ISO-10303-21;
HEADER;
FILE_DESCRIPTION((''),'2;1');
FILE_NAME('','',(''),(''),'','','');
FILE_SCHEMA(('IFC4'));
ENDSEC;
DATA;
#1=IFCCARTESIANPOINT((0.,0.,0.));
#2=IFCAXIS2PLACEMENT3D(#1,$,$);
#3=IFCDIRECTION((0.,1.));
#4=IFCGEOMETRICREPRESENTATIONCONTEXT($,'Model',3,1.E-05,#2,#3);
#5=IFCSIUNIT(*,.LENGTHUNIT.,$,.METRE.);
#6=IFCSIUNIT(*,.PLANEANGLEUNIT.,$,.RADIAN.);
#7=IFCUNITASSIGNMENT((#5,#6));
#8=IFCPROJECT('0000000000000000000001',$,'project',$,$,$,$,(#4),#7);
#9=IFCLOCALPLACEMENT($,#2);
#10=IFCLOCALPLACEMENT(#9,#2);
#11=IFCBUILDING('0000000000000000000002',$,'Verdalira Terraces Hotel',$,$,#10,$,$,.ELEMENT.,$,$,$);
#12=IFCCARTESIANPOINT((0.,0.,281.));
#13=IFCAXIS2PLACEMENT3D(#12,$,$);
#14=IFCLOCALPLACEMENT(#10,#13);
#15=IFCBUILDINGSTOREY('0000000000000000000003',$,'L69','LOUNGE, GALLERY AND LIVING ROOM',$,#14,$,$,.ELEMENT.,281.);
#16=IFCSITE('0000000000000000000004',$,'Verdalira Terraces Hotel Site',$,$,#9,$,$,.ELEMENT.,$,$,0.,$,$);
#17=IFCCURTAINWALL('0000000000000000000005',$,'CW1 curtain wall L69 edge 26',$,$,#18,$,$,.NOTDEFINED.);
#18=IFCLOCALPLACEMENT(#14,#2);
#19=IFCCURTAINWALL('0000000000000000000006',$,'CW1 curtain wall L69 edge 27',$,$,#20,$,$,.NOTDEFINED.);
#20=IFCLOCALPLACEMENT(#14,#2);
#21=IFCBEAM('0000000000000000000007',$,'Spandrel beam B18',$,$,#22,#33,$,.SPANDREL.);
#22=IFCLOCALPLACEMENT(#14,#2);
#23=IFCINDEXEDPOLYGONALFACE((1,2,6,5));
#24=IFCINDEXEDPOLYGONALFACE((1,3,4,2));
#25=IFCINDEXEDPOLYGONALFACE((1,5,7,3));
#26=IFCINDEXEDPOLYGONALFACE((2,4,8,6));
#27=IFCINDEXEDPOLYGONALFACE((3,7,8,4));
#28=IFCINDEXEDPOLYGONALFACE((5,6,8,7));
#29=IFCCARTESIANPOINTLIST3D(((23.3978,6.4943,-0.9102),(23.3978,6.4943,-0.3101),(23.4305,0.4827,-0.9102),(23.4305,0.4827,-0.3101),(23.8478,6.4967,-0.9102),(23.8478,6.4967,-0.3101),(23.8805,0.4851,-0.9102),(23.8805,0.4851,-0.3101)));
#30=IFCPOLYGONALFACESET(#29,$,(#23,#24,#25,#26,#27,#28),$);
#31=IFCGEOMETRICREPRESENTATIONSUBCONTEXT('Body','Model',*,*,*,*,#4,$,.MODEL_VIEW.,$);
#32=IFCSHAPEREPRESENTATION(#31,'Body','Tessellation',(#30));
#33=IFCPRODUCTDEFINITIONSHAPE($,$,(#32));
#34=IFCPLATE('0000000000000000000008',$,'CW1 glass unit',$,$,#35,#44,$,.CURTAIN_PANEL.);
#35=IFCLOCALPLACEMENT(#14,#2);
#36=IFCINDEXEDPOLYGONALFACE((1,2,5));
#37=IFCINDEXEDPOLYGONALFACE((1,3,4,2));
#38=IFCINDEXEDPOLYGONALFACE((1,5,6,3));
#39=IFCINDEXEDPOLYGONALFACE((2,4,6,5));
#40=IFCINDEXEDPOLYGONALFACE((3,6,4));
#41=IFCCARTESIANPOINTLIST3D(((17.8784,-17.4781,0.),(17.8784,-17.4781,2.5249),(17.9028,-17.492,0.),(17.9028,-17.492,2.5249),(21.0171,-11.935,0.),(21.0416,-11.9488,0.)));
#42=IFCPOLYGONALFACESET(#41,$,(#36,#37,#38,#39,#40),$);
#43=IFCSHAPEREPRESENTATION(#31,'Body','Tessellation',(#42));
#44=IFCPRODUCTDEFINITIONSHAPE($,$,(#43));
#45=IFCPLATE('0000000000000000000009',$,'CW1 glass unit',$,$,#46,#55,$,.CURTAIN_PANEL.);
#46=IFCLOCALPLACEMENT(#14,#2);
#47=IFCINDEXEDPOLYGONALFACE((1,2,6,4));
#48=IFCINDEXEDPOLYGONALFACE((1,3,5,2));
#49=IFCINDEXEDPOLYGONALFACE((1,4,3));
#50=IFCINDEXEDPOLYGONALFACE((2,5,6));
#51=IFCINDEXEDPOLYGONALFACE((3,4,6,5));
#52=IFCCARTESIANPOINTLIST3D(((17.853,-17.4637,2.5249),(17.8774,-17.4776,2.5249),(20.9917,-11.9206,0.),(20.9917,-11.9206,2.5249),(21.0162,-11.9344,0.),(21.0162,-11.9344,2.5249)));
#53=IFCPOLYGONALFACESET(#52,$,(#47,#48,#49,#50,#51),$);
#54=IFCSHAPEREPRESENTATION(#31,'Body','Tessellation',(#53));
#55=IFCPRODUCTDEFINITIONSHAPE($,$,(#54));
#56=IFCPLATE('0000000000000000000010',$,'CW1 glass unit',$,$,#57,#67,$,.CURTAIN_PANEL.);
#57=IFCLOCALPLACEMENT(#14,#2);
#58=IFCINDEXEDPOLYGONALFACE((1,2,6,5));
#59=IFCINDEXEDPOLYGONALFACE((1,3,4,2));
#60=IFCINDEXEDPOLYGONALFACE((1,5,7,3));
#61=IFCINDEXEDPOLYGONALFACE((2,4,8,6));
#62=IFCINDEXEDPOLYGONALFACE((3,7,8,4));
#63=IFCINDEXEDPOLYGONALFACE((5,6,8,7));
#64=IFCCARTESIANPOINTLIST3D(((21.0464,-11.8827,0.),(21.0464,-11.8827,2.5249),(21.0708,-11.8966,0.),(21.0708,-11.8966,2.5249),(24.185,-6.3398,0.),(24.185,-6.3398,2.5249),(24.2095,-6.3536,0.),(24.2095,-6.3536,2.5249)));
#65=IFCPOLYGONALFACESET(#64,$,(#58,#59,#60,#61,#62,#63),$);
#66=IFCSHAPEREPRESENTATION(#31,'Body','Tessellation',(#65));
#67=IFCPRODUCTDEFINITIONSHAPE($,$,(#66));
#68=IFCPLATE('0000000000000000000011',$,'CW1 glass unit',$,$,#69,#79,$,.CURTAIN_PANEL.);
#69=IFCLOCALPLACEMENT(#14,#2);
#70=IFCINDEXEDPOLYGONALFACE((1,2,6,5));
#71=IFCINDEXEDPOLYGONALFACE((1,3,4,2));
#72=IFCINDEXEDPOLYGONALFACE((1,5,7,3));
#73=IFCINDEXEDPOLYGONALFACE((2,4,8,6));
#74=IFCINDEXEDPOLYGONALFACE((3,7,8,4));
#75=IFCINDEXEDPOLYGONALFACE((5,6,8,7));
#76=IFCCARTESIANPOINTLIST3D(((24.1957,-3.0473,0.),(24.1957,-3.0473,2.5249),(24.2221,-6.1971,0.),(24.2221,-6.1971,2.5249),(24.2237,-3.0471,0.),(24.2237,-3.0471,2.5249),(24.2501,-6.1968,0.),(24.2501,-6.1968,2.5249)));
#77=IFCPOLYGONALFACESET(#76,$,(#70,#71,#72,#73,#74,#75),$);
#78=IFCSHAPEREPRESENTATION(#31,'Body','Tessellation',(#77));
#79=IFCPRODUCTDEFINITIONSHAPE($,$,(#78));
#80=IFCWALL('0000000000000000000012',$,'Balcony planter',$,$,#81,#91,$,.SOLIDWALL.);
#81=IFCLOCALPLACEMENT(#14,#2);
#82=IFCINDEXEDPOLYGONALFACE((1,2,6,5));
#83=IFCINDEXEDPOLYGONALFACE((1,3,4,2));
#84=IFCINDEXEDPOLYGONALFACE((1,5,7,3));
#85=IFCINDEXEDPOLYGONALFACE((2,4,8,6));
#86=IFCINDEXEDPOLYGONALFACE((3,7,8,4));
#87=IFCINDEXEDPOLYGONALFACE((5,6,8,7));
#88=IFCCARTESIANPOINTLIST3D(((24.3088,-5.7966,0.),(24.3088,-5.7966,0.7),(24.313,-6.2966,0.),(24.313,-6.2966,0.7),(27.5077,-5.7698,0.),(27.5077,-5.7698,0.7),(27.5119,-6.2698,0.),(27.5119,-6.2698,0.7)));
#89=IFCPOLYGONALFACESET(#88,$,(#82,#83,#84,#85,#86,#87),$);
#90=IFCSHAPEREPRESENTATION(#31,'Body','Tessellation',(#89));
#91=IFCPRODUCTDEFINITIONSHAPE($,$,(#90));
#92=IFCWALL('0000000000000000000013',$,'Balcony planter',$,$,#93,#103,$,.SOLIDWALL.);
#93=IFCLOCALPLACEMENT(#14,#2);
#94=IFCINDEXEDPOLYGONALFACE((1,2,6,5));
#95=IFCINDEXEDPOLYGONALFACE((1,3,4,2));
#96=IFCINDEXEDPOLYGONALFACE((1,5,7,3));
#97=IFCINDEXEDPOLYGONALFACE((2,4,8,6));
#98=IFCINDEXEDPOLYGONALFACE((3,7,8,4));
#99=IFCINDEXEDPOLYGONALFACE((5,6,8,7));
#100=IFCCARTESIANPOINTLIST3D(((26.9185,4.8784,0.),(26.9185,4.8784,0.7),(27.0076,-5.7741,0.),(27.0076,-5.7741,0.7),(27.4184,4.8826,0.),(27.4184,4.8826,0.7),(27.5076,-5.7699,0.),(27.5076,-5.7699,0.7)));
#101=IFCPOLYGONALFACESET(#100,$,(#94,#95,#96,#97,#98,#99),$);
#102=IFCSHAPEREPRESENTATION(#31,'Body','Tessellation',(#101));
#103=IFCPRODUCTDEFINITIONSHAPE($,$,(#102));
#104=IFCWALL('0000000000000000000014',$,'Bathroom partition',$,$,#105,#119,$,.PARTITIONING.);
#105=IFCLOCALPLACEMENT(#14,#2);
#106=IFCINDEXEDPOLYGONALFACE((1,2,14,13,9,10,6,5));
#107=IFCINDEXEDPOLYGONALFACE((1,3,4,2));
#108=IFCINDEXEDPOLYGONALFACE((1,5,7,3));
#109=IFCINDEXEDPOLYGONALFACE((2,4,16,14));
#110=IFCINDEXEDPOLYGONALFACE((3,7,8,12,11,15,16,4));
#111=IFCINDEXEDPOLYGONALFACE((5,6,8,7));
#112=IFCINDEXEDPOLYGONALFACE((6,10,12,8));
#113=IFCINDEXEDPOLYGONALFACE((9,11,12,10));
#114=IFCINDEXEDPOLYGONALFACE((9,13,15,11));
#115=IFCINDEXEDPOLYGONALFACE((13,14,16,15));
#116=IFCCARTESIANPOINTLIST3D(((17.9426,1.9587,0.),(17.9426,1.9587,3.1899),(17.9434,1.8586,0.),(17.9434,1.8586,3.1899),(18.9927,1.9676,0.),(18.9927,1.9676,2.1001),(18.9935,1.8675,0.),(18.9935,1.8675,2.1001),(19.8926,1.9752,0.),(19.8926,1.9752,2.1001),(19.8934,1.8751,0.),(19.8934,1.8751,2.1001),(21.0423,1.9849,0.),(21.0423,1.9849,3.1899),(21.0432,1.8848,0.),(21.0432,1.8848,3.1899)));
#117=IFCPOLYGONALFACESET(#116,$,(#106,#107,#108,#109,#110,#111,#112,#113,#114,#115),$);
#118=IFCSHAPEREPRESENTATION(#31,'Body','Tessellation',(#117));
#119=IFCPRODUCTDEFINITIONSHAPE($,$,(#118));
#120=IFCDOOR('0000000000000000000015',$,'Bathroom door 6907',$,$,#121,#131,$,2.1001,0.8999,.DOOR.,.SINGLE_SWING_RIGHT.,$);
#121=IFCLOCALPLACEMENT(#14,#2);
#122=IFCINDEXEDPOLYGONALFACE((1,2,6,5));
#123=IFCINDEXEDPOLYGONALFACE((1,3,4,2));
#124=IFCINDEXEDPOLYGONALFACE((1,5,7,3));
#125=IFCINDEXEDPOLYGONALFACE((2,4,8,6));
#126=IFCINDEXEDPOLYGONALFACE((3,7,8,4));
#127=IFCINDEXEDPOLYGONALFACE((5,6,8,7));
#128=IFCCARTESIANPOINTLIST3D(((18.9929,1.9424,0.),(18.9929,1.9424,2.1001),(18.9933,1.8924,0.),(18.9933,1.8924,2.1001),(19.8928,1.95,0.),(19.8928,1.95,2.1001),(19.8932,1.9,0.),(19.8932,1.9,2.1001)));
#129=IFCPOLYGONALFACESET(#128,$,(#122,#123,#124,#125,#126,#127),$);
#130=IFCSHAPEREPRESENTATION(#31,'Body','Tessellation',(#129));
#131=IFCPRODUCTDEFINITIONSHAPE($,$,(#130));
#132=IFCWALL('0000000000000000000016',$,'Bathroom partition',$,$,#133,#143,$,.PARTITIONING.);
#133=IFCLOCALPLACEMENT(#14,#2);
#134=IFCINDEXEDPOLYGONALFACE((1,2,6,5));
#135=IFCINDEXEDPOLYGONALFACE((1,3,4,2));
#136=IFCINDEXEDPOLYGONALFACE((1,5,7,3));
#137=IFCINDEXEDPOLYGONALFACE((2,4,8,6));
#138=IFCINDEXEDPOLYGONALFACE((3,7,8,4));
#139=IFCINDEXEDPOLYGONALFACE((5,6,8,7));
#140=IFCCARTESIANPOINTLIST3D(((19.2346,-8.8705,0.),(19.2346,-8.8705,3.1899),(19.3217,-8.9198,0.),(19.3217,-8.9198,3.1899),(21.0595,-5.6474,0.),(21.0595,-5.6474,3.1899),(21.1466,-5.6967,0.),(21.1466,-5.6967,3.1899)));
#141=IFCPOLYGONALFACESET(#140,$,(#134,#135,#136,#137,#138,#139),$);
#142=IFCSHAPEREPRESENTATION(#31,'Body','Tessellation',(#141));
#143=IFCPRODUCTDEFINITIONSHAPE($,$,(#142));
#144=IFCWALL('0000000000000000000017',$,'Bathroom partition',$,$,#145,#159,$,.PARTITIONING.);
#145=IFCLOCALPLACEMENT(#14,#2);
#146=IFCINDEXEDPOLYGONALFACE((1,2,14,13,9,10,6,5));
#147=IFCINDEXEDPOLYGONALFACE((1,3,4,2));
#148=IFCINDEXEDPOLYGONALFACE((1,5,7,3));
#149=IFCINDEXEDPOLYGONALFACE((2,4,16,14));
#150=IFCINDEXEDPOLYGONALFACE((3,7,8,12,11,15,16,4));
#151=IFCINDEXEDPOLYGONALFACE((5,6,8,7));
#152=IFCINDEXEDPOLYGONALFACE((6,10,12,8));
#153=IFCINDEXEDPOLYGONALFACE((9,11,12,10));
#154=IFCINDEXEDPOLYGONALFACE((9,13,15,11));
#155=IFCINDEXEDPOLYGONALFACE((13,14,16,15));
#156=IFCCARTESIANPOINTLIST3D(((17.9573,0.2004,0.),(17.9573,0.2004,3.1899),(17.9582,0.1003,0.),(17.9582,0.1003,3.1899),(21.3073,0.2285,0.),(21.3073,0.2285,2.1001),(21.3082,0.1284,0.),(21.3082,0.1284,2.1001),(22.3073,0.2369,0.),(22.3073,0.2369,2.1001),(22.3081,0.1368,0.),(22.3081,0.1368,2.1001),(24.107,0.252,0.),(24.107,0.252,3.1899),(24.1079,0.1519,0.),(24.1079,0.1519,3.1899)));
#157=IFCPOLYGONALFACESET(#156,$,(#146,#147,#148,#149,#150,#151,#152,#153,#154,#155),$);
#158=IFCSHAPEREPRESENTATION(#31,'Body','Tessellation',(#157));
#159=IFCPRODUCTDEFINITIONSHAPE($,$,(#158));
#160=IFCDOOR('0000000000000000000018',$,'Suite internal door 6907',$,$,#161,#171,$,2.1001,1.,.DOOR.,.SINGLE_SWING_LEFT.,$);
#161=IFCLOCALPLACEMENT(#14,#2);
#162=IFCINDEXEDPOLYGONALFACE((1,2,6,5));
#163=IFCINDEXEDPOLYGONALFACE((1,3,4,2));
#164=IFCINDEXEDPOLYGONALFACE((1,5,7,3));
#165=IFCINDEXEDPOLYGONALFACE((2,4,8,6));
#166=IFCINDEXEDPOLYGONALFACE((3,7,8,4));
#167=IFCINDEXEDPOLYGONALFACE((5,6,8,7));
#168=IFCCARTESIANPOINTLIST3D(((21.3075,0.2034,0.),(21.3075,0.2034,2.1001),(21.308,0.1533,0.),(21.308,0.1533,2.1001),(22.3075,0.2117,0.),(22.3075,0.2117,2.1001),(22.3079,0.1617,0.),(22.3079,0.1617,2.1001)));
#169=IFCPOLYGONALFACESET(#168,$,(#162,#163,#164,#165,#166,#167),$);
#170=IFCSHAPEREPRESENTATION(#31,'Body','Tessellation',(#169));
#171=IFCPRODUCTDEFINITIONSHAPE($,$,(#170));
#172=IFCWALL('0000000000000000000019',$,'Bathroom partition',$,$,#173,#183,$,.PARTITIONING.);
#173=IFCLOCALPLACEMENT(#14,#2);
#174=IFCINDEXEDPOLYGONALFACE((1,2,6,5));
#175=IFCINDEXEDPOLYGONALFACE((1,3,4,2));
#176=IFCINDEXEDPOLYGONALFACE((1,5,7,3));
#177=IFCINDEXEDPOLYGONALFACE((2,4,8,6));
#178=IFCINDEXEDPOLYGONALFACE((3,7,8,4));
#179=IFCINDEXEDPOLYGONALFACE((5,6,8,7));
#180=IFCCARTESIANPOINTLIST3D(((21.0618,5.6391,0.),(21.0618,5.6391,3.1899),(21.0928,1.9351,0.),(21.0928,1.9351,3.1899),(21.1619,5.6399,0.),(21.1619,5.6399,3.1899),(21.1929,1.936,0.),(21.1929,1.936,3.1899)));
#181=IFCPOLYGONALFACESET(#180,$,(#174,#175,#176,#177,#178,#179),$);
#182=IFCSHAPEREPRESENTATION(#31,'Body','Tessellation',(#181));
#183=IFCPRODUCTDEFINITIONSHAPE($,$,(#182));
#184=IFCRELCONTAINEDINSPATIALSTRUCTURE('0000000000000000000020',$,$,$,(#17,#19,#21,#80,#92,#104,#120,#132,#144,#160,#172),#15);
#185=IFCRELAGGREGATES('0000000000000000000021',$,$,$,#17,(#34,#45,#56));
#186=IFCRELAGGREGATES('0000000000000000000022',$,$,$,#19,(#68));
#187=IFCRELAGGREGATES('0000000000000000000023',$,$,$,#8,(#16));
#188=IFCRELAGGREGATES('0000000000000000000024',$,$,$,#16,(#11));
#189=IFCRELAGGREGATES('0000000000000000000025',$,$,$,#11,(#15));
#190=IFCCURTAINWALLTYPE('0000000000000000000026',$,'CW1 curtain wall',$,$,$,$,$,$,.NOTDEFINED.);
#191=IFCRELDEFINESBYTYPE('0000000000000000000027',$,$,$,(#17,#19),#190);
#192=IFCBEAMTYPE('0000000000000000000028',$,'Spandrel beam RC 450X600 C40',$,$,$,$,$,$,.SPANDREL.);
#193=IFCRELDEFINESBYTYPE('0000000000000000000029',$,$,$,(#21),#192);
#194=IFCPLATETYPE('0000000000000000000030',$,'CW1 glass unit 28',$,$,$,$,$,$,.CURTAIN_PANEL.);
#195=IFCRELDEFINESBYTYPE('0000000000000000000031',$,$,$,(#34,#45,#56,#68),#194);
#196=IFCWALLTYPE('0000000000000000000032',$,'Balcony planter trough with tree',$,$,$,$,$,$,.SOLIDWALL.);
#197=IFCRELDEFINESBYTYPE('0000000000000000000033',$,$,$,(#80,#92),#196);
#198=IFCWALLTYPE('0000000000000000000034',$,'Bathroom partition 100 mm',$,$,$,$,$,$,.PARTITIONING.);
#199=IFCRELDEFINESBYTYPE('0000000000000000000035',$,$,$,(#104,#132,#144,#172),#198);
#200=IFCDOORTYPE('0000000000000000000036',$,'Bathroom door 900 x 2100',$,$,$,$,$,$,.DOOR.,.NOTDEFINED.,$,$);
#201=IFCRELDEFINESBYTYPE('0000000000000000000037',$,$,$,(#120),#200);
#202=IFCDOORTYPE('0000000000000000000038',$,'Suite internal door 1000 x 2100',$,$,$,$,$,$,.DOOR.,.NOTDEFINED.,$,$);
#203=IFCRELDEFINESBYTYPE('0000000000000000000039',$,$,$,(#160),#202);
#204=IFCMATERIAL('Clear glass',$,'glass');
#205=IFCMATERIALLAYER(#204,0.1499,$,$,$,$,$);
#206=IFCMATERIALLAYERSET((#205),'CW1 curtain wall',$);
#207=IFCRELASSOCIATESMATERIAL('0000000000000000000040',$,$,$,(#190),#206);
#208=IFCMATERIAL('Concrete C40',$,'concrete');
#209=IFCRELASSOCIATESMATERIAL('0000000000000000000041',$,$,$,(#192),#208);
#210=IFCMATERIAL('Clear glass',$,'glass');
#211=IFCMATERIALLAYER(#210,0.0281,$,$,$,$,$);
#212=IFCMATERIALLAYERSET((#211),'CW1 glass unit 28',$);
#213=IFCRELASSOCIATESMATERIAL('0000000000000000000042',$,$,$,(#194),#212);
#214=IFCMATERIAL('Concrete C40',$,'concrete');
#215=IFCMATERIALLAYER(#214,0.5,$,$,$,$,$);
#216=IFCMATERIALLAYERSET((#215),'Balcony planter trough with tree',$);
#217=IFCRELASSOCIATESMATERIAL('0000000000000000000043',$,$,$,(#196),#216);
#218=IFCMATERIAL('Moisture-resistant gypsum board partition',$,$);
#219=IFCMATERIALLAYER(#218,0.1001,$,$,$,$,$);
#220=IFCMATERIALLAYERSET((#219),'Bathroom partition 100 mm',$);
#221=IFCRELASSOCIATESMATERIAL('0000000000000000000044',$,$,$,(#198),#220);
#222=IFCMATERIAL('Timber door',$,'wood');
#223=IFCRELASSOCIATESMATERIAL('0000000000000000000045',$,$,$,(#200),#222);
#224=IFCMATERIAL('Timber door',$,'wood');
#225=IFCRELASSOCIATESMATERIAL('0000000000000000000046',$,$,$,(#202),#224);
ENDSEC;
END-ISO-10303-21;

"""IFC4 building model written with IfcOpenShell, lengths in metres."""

from ifc_helpers import new_model, si_unit, direction, frame, frame_2d, origin, origin_2d, place, context, subcontext, project, spatial, polyline, rectangle, outline, extrude, material, layer, layer_set, material_profile, profile_set, type_object, element, fill, aggregate, save


model = new_model("IFC4")

# Units and contexts
model_context = context("Model", 3, precision=1e-05, world=origin(), true_north=direction((0.0, 1.0)))
body_context = subcontext(model_context, "Body", "Model", "MODEL_VIEW")
ifc_project = project(units=[si_unit("LENGTHUNIT", "METRE"), si_unit("PLANEANGLEUNIT", "RADIAN")], contexts=[model_context])

# Site, building, storey
site_placement = place(None, origin())
site = spatial("IfcSite", under=ifc_project, at=site_placement, Name="Verdalira Terraces Hotel Site", CompositionType="ELEMENT", RefElevation=0.0)
building_placement = place(site_placement, origin())
building = spatial("IfcBuilding", under=site, at=building_placement, Name="Verdalira Terraces Hotel", CompositionType="ELEMENT")
storey_placement = place(building_placement, frame((0.0, 0.0, 281.0)))
storey = spatial("IfcBuildingStorey", under=building, at=storey_placement, Name="L69", Description="LOUNGE, GALLERY AND LIVING ROOM", CompositionType="ELEMENT", Elevation=281.0)

# Curtain walls
ifc_material_1 = material(Name="Clear glass", Category="glass")
ifc_layer_1 = layer(ifc_material_1, 0.1499)
ifc_layer_set_1 = layer_set([ifc_layer_1], Name="CW1 curtain wall")
curtain_wall_type = type_object("IfcCurtainWallType", Name="CW1 curtain wall", PredefinedType="NOTDEFINED", material=ifc_layer_set_1)
curtain_wall_1_placement = place(storey_placement, origin())
curtain_wall_1 = element("IfcCurtainWall", 1, at=curtain_wall_1_placement, inside=storey, type_object=curtain_wall_type, Name="CW1 curtain wall L69 edge 26", PredefinedType="NOTDEFINED")
curtain_wall_2_placement = place(storey_placement, origin())
curtain_wall_2 = element("IfcCurtainWall", 2, at=curtain_wall_2_placement, inside=storey, type_object=curtain_wall_type, Name="CW1 curtain wall L69 edge 27", PredefinedType="NOTDEFINED")

# Beam
ifc_material_2 = material(Name="Concrete C40", Category="concrete")
ifc_material_profile_1 = material_profile(ifc_material_2, rectangle(XDim=0.45, YDim=0.6001, at=origin_2d()), Name="RC 450X600")
ifc_profile_set_1 = profile_set([ifc_material_profile_1], Name="Concrete C40")
beam_type_1 = type_object("IfcBeamType", Name="Spandrel beam RC 450X600 C40", PredefinedType="SPANDREL", material=ifc_profile_set_1)
beam_1_placement = place(storey_placement, frame((23.6555, 0.4839, -0.6101), z_axis=(-0.005442, 0.999985, 0.0), x_axis=(-0.999985, -0.005442, 0.0)))
element("IfcBeam", 3, at=beam_1_placement, inside=storey, type_object=beam_type_1, Name="Spandrel beam B18", PredefinedType="SPANDREL", context=body_context, shape_type="SweptSolid", body=[
    extrude(rectangle(XDim=0.45, YDim=0.6001, at=origin_2d()), origin(), (0.0, 0.0, 1.0), 6.0117),
])

# Plates
ifc_material_3 = material(Name="Clear glass", Category="glass")
ifc_layer_2 = layer(ifc_material_3, 0.0281)
ifc_layer_set_2 = layer_set([ifc_layer_2], Name="CW1 glass unit 28")
plate_type = type_object("IfcPlateType", Name="CW1 glass unit 28", PredefinedType="CURTAIN_PANEL", material=ifc_layer_set_2)
plate_1_placement = place(storey_placement, frame((19.4478, -14.7065, 1.2625), z_axis=(0.870184, -0.492727, 0.0), x_axis=(0.492727, 0.870184, 0.0)))
plate_1 = element("IfcPlate", 4, at=plate_1_placement, type_object=plate_type, Name="CW1 glass unit", PredefinedType="CURTAIN_PANEL", context=body_context, shape_type="SweptSolid", body=[
    extrude(outline(polyline([(-3.1851, -1.2625), (3.1851, -1.2625), (-3.1851, 1.2625), (-3.1851, -1.2625)])), origin(), (0.0, 0.0, 1.0), 0.0281),
])
plate_2_placement = place(storey_placement, frame((19.4224, -14.6921, 1.2625), z_axis=(0.870184, -0.492727, 0.0), x_axis=(0.492727, 0.870184, 0.0)))
plate_2 = element("IfcPlate", 5, at=plate_2_placement, type_object=plate_type, Name="CW1 glass unit", PredefinedType="CURTAIN_PANEL", context=body_context, shape_type="SweptSolid", body=[
    extrude(outline(polyline([(3.1851, -1.2625), (3.1851, 1.2625), (-3.1851, 1.2625), (3.1851, -1.2625)])), origin(), (0.0, 0.0, 1.0), 0.0281),
])
plate_3_placement = place(storey_placement, frame((22.6279, -9.1182, 0.0), z_axis=(0.0, 0.0, 1.0), x_axis=(0.492727, 0.870184, 0.0)))
plate_3 = element("IfcPlate", 6, at=plate_3_placement, type_object=plate_type, Name="CW1 glass unit", PredefinedType="CURTAIN_PANEL", context=body_context, shape_type="SweptSolid", body=[
    extrude(rectangle(XDim=6.3699, YDim=0.0281, at=origin_2d()), origin(), (0.0, 0.0, 1.0), 2.5249),
])
aggregate(curtain_wall_1, [plate_1, plate_2, plate_3])
plate_4_placement = place(storey_placement, frame((24.2229, -4.6221, 0.0), z_axis=(0.0, 0.0, 1.0), x_axis=(-0.008377, 0.999965, 0.0)))
plate_4 = element("IfcPlate", 7, at=plate_4_placement, type_object=plate_type, Name="CW1 glass unit", PredefinedType="CURTAIN_PANEL", context=body_context, shape_type="SweptSolid", body=[
    extrude(rectangle(XDim=3.1499, YDim=0.0281, at=origin_2d()), origin(), (0.0, 0.0, 1.0), 2.5249),
])
aggregate(curtain_wall_2, [plate_4])

# Walls
ifc_material_4 = material(Name="Concrete C40", Category="concrete")
ifc_layer_3 = layer(ifc_material_4, 0.5)
ifc_layer_set_3 = layer_set([ifc_layer_3], Name="Balcony planter trough with tree")
wall_type_1 = type_object("IfcWallType", Name="Balcony planter trough with tree", PredefinedType="SOLIDWALL", material=ifc_layer_set_3)
wall_1_placement = place(storey_placement, frame((24.3108, -6.0466, 0.0), z_axis=(0.0, 0.0, 1.0), x_axis=(0.999965, 0.008395, 0.0)))
element("IfcWall", 8, at=wall_1_placement, inside=storey, type_object=wall_type_1, Name="Balcony planter", PredefinedType="SOLIDWALL", context=body_context, shape_type="SweptSolid", body=[
    extrude(rectangle(XDim=3.199, YDim=0.5, at=frame_2d((1.5996, 0.0))), origin(), (0.0, 0.0, 1.0), 0.7),
])
wall_2_placement = place(storey_placement, frame((27.2576, -5.772, 0.0), z_axis=(0.0, 0.0, 1.0), x_axis=(-0.008365, 0.999965, 0.0)))
element("IfcWall", 9, at=wall_2_placement, inside=storey, type_object=wall_type_1, Name="Balcony planter", PredefinedType="SOLIDWALL", context=body_context, shape_type="SweptSolid", body=[
    extrude(rectangle(XDim=10.6528, YDim=0.5, at=frame_2d((5.3264, 0.0))), origin(), (0.0, 0.0, 1.0), 0.7),
])

# Wall, opening, door
ifc_material_5 = material(Name="Moisture-resistant gypsum board partition")
ifc_layer_4 = layer(ifc_material_5, 0.1001)
ifc_layer_set_4 = layer_set([ifc_layer_4], Name="Bathroom partition 100 mm")
wall_type_2 = type_object("IfcWallType", Name="Bathroom partition 100 mm", PredefinedType="PARTITIONING", material=ifc_layer_set_4)
wall_3_placement = place(storey_placement, frame((17.9431, 1.9087, 0.0), z_axis=(0.0, 0.0, 1.0), x_axis=(0.999964, 0.008427, 0.0)))
wall_3 = element("IfcWall", 10, at=wall_3_placement, inside=storey, type_object=wall_type_2, Name="Bathroom partition", PredefinedType="PARTITIONING", context=body_context, shape_type="SweptSolid", body=[
    extrude(rectangle(XDim=3.0999, YDim=0.1001, at=frame_2d((1.5498, 0.0))), origin(), (0.0, 0.0, 1.0), 3.1899),
])
opening_1_placement = place(wall_3_placement, frame((1.05, 0.0, 0.0)))
opening_1 = element("IfcOpeningElement", 11, at=opening_1_placement, cuts=wall_3, PredefinedType="OPENING", context=body_context, shape_type="SweptSolid", body=[
    extrude(rectangle(XDim=0.8999, YDim=2.1001, at=frame_2d((0.45, 1.05))), frame((0.0, 0.0601, 0.0), z_axis=(0.0, -1.0, 0.0), x_axis=(1.0, 0.0, 0.0)), (0.0, 0.0, 1.0), 0.1201),
])
ifc_material_6 = material(Name="Timber door", Category="wood")
door_type_1 = type_object("IfcDoorType", Name="Bathroom door 900 x 2100", OperationType="NOTDEFINED", PredefinedType="DOOR", material=ifc_material_6)
door_1_placement = place(opening_1_placement, origin())
door_1 = element("IfcDoor", 12, at=door_1_placement, inside=storey, type_object=door_type_1, Name="Bathroom door 6907", OperationType="SINGLE_SWING_RIGHT", OverallHeight=2.1001, OverallWidth=0.8999, PredefinedType="DOOR", context=body_context, shape_type="SweptSolid", body=[
    extrude(rectangle(XDim=0.8999, YDim=2.1001, at=frame_2d((0.45, 1.05))), frame((0.0, 0.0249, 0.0), z_axis=(0.0, -1.0, 0.0), x_axis=(1.0, 0.0, 0.0)), (0.0, 0.0, 1.0), 0.05),
])
fill(opening_1, door_1)

# Wall
wall_4_placement = place(storey_placement, frame((19.2781, -8.8953, 0.0), z_axis=(0.0, 0.0, 1.0), x_axis=(0.492707, 0.870196, 0.0)))
element("IfcWall", 13, at=wall_4_placement, inside=storey, type_object=wall_type_2, Name="Bathroom partition", PredefinedType="PARTITIONING", context=body_context, shape_type="SweptSolid", body=[
    extrude(rectangle(XDim=3.7039, YDim=0.1001, at=frame_2d((1.8521, 0.0))), origin(), (0.0, 0.0, 1.0), 3.1899),
])

# Wall, opening, door
wall_5_placement = place(storey_placement, frame((17.9578, 0.1504, 0.0), z_axis=(0.0, 0.0, 1.0), x_axis=(0.999965, 0.008376, 0.0)))
wall_5 = element("IfcWall", 14, at=wall_5_placement, inside=storey, type_object=wall_type_2, Name="Bathroom partition", PredefinedType="PARTITIONING", context=body_context, shape_type="SweptSolid", body=[
    extrude(rectangle(XDim=6.1499, YDim=0.1001, at=frame_2d((3.075, 0.0))), origin(), (0.0, 0.0, 1.0), 3.1899),
])
opening_2_placement = place(wall_5_placement, frame((3.3501, 0.0, 0.0)))
opening_2 = element("IfcOpeningElement", 15, at=opening_2_placement, cuts=wall_5, PredefinedType="OPENING", context=body_context, shape_type="SweptSolid", body=[
    extrude(rectangle(XDim=1.0, YDim=2.1001, at=frame_2d((0.5, 1.05))), frame((0.0, 0.0601, 0.0), z_axis=(0.0, -1.0, 0.0), x_axis=(1.0, 0.0, 0.0)), (0.0, 0.0, 1.0), 0.1201),
])
ifc_material_7 = material(Name="Timber door", Category="wood")
door_type_2 = type_object("IfcDoorType", Name="Suite internal door 1000 x 2100", OperationType="NOTDEFINED", PredefinedType="DOOR", material=ifc_material_7)
door_2_placement = place(opening_2_placement, origin())
door_2 = element("IfcDoor", 16, at=door_2_placement, inside=storey, type_object=door_type_2, Name="Suite internal door 6907", OperationType="SINGLE_SWING_LEFT", OverallHeight=2.1001, OverallWidth=1.0, PredefinedType="DOOR", context=body_context, shape_type="SweptSolid", body=[
    extrude(rectangle(XDim=1.0, YDim=2.1001, at=frame_2d((0.5, 1.05))), frame((0.0, 0.0249, 0.0), z_axis=(0.0, -1.0, 0.0), x_axis=(1.0, 0.0, 0.0)), (0.0, 0.0, 1.0), 0.05),
])
fill(opening_2, door_2)

# Wall
wall_6_placement = place(storey_placement, frame((21.1428, 1.9355, 0.0), z_axis=(0.0, 0.0, 1.0), x_axis=(-0.008371, 0.999965, 0.0)))
element("IfcWall", 17, at=wall_6_placement, inside=storey, type_object=wall_type_2, Name="Bathroom partition", PredefinedType="PARTITIONING", context=body_context, shape_type="SweptSolid", body=[
    extrude(rectangle(XDim=3.7041, YDim=0.1001, at=frame_2d((1.8521, 0.0))), origin(), (0.0, 0.0, 1.0), 3.1899),
])

save(model, "model.ifc")
